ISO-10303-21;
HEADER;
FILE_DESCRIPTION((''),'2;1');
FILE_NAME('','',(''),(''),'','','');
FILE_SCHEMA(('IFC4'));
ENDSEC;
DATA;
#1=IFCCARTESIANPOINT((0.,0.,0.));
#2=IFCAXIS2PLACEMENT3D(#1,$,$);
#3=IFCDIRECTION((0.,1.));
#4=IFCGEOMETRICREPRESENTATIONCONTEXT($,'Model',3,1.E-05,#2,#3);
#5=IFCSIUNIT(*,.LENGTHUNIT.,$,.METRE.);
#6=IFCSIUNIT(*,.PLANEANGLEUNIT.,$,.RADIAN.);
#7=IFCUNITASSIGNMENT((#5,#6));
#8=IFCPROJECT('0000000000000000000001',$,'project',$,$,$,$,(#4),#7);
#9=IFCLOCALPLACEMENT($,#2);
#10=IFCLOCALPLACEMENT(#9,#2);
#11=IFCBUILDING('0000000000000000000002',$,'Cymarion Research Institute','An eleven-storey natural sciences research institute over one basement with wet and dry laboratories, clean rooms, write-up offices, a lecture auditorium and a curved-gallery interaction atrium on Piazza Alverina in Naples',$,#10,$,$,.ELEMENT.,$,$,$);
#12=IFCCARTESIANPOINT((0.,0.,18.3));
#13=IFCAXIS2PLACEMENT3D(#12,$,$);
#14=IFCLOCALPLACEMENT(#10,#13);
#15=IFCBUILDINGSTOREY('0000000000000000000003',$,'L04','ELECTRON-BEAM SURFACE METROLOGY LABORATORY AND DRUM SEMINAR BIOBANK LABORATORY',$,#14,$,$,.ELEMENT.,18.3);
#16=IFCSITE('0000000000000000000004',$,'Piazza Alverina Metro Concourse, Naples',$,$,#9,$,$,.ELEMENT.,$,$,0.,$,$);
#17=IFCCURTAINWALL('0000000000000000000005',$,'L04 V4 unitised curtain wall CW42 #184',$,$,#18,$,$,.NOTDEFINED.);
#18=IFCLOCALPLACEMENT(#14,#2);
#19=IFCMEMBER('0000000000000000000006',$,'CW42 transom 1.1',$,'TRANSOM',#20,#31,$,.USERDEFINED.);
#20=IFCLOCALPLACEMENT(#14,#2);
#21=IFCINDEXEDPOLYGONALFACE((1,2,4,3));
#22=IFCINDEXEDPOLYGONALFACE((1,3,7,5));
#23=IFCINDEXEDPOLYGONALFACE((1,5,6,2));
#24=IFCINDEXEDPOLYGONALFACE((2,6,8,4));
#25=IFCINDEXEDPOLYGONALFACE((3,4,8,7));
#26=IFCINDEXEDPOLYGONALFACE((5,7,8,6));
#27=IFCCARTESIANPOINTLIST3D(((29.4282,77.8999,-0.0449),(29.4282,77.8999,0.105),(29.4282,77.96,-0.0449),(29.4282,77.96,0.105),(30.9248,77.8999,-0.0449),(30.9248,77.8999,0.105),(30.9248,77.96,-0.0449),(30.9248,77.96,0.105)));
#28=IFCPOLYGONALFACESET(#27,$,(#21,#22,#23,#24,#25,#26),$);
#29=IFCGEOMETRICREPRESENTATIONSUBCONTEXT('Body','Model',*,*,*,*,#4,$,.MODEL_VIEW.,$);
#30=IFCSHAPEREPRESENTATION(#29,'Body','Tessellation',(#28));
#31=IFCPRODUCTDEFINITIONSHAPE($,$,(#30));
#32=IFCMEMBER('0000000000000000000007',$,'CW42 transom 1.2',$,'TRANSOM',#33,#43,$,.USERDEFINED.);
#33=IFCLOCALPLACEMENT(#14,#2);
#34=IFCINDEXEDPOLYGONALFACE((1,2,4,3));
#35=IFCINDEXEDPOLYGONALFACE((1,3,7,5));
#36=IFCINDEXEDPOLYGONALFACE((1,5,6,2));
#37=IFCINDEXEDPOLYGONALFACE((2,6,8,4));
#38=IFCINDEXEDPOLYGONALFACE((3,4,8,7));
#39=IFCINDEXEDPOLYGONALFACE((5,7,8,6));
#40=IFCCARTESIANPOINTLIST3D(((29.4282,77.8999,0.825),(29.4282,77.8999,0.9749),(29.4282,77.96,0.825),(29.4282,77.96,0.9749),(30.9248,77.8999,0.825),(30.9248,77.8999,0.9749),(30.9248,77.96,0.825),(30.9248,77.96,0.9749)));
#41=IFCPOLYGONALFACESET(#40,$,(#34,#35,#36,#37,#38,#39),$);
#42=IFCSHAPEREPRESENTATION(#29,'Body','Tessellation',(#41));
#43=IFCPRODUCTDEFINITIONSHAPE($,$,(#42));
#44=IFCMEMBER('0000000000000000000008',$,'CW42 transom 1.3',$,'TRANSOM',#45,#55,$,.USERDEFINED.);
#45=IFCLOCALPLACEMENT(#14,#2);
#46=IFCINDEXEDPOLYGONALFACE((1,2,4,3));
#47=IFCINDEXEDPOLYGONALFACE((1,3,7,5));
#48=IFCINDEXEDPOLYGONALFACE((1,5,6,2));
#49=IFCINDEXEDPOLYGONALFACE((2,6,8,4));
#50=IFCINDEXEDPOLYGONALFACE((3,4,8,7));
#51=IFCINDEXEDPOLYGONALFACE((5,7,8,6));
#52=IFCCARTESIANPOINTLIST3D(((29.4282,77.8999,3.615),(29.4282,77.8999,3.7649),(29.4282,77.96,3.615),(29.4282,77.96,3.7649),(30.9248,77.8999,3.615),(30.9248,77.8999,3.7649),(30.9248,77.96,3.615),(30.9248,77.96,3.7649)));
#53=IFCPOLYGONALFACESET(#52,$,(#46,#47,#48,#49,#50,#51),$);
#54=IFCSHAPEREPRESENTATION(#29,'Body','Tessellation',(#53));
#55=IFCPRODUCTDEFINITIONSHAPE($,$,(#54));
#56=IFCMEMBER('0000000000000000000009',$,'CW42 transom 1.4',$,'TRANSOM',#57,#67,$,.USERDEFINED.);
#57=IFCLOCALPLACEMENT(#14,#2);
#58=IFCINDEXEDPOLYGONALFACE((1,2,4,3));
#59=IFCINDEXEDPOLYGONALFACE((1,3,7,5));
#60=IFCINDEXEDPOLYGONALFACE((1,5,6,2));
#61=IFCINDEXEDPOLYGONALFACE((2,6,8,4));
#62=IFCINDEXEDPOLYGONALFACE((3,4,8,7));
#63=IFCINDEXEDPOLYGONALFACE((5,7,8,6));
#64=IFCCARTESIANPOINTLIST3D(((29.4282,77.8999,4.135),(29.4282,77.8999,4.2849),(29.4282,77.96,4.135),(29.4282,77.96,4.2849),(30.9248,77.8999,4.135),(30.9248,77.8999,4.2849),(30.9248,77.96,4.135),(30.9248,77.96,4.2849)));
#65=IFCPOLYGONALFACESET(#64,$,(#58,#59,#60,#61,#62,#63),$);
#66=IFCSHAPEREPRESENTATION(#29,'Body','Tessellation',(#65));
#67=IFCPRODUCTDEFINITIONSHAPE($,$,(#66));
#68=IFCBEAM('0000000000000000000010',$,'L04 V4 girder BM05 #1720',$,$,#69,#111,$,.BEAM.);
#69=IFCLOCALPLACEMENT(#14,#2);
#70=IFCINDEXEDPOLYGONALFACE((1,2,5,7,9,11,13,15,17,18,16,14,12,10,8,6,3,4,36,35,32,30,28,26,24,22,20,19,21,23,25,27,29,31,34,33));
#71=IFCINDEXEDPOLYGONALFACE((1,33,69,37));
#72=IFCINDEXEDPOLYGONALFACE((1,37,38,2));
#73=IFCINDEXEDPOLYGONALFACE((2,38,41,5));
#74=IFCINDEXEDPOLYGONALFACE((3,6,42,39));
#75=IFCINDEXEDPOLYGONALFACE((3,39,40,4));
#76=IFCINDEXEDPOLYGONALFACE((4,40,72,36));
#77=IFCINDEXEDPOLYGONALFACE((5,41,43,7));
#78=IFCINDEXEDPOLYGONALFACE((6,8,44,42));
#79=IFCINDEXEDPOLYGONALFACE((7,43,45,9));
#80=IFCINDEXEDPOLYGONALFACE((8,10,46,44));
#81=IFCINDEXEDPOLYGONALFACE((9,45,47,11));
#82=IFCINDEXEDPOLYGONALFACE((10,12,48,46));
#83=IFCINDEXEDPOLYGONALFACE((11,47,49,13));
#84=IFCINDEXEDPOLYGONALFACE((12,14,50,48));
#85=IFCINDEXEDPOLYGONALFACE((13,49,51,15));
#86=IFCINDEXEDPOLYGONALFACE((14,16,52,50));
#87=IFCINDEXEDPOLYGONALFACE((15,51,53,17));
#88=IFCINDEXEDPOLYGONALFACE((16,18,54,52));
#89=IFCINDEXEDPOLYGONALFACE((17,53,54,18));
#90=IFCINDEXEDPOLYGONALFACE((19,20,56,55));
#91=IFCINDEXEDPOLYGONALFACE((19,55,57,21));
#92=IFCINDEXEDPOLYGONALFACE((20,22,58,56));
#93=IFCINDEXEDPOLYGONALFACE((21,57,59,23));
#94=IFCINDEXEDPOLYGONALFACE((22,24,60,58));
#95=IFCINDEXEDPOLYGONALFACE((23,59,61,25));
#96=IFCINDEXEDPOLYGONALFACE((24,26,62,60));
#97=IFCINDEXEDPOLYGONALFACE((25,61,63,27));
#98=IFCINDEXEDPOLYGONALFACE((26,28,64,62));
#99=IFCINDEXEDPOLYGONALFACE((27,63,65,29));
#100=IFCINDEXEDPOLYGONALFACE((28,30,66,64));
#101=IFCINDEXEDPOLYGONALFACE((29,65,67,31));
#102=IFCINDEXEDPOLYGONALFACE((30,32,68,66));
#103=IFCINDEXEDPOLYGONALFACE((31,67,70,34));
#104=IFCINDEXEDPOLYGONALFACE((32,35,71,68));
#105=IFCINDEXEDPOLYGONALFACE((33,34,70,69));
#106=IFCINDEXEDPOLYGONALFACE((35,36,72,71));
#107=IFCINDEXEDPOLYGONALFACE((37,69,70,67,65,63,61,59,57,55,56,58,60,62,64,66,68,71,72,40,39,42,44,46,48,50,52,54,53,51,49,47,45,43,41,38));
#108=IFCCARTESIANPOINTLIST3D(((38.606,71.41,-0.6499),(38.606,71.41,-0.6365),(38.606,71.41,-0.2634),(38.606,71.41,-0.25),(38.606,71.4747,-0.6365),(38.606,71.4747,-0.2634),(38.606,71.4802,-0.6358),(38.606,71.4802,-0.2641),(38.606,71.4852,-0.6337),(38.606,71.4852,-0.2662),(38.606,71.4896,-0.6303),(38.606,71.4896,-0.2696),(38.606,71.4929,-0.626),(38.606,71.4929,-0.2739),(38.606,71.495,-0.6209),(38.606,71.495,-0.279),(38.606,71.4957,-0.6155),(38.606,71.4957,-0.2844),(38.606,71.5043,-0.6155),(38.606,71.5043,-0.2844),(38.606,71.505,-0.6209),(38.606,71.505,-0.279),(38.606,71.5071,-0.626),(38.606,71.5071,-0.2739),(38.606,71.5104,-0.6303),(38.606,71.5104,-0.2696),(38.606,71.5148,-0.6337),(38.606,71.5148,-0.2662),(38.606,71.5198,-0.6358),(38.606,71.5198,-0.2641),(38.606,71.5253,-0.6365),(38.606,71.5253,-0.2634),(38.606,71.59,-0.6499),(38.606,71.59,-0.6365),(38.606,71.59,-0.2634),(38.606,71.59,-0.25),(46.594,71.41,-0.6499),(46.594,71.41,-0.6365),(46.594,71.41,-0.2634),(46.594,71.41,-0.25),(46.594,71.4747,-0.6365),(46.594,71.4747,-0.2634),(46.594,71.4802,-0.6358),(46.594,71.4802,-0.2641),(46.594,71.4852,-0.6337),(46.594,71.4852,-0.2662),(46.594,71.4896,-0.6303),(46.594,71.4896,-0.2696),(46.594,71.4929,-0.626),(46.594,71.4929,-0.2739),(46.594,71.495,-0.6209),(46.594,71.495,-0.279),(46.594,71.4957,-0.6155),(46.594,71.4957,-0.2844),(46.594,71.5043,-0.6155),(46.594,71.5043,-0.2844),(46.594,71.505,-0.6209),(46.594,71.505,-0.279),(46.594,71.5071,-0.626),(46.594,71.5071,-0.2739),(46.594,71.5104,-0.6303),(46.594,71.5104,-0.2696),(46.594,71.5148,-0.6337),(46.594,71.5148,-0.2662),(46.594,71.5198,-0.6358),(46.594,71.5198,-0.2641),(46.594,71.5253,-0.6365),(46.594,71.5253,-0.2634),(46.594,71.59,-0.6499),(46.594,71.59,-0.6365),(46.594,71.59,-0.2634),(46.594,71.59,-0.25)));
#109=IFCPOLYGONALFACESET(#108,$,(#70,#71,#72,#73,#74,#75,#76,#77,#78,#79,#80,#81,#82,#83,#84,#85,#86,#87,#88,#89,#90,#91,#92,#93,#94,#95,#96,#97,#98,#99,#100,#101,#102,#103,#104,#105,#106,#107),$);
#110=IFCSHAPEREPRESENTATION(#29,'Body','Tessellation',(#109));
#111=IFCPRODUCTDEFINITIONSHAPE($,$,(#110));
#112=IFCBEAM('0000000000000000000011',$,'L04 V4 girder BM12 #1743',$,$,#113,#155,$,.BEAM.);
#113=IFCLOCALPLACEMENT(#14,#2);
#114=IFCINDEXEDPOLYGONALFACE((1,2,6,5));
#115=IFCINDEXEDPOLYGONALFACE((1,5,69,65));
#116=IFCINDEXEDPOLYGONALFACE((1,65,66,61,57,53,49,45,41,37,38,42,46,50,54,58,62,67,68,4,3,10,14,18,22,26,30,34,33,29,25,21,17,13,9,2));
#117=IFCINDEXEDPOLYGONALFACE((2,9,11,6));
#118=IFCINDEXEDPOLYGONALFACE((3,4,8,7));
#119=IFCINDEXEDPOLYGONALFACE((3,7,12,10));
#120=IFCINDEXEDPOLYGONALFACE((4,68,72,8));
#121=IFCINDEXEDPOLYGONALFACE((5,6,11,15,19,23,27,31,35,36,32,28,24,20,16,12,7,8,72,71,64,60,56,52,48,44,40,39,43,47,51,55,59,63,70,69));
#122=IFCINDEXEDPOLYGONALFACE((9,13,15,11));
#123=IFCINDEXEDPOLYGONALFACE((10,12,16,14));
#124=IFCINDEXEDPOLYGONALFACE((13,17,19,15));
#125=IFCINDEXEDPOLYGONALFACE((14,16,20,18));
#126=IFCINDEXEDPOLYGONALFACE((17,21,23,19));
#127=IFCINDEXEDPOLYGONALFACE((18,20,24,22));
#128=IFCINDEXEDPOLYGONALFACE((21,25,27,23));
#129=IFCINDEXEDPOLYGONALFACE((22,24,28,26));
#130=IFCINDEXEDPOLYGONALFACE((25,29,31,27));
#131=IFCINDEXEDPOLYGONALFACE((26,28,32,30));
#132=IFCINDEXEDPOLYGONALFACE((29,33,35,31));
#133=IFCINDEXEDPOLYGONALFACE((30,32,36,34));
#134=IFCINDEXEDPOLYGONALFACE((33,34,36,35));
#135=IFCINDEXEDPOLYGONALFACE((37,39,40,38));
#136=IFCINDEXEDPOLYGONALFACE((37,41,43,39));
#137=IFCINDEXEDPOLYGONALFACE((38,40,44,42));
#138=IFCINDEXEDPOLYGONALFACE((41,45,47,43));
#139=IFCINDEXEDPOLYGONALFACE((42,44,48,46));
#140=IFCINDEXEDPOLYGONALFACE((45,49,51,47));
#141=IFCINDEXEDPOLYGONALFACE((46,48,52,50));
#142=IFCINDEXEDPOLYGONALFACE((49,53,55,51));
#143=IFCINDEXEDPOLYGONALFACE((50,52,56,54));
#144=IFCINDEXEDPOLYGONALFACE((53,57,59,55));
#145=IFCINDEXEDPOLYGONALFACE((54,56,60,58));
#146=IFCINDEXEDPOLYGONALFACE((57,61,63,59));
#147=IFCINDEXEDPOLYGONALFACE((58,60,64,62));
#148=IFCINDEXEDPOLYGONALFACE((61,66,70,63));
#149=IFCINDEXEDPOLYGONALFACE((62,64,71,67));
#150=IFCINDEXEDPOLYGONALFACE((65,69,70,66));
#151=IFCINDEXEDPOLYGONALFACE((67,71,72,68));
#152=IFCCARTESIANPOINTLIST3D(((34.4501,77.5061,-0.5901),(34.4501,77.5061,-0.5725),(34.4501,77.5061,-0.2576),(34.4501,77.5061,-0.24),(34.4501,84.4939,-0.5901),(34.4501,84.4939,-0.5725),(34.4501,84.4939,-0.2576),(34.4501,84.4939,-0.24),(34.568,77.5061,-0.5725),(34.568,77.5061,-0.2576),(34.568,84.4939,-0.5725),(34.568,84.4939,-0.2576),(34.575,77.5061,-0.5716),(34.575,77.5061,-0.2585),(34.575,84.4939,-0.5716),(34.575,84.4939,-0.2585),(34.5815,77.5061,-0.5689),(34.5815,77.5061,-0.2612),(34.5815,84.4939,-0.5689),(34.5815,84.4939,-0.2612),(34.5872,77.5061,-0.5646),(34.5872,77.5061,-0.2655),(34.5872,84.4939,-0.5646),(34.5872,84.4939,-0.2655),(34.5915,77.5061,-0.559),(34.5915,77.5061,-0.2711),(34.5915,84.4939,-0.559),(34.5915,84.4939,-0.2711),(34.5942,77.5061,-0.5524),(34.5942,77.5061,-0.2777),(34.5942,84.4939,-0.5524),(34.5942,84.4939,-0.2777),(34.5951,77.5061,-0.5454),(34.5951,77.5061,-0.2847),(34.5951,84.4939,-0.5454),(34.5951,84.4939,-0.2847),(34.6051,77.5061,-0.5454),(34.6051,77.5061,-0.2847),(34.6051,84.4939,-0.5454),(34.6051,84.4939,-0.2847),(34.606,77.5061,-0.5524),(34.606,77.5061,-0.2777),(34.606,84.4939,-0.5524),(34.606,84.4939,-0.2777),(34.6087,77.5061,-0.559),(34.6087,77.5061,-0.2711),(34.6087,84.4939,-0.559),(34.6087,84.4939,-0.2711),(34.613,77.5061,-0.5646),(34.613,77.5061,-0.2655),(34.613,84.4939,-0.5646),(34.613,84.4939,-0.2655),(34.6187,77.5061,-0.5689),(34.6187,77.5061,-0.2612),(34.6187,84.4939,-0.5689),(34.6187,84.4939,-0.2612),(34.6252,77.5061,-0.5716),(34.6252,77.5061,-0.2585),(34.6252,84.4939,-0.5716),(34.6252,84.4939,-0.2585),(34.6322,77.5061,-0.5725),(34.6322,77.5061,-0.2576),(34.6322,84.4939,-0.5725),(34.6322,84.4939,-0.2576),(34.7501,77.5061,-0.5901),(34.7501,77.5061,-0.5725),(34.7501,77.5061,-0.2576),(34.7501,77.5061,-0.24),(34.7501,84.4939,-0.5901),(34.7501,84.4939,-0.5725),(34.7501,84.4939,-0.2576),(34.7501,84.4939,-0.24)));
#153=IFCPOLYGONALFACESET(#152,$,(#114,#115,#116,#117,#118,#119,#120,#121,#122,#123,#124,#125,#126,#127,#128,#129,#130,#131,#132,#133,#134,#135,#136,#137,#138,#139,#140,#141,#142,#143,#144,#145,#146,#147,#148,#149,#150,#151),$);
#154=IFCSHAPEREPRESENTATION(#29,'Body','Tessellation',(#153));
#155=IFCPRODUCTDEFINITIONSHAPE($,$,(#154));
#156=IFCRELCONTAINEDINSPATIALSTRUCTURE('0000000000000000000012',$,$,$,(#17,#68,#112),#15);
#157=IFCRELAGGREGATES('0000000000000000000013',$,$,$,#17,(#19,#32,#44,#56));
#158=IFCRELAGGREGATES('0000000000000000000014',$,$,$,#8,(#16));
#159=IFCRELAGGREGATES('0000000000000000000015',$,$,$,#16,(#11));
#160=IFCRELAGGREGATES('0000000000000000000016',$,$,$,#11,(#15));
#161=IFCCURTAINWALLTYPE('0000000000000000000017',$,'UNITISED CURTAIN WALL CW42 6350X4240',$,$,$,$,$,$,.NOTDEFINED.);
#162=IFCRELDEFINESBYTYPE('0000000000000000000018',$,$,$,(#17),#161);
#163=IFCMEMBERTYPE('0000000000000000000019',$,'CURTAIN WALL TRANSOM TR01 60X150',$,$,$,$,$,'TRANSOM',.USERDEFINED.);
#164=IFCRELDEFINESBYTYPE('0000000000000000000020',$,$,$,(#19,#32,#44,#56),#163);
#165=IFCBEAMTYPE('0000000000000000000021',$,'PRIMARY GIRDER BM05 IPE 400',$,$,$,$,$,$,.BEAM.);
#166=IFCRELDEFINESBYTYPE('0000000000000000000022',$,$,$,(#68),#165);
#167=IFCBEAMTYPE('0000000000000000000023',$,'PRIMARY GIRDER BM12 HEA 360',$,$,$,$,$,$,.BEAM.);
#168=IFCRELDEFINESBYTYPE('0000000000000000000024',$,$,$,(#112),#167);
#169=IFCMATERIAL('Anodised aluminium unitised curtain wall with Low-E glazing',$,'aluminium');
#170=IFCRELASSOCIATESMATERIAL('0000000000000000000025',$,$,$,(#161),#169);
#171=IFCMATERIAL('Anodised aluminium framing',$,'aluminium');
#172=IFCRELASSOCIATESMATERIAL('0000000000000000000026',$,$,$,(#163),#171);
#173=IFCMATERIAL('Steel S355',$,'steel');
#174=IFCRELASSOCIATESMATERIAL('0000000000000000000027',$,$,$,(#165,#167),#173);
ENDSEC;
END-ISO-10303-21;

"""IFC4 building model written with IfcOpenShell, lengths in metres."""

from ifc_helpers import new_model, si_unit, direction, frame, origin, origin_2d, place, context, subcontext, project, spatial, rectangle, i_section, extrude, material, material_profile, profile_set, type_object, element, aggregate, save


model = new_model("IFC4")

# Units and contexts
model_context = context("Model", 3, precision=1e-05, world=origin(), true_north=direction((0.0, 1.0)))
body_context = subcontext(model_context, "Body", "Model", "MODEL_VIEW")
ifc_project = project(units=[si_unit("LENGTHUNIT", "METRE"), si_unit("PLANEANGLEUNIT", "RADIAN")], contexts=[model_context])

# Site, building, storey
site_placement = place(None, origin())
site = spatial("IfcSite", under=ifc_project, at=site_placement, Name="Piazza Alverina Metro Concourse, Naples", CompositionType="ELEMENT", RefElevation=0.0)
building_placement = place(site_placement, origin())
building = spatial("IfcBuilding", under=site, at=building_placement, Name="Cymarion Research Institute", Description="An eleven-storey natural sciences research institute over one basement with wet and dry laboratories, clean rooms, write-up offices, a lecture auditorium and a curved-gallery interaction atrium on Piazza Alverina in Naples", CompositionType="ELEMENT")
storey_placement = place(building_placement, frame((0.0, 0.0, 18.3)))
storey = spatial("IfcBuildingStorey", under=building, at=storey_placement, Name="L04", Description="ELECTRON-BEAM SURFACE METROLOGY LABORATORY AND DRUM SEMINAR BIOBANK LABORATORY", CompositionType="ELEMENT", Elevation=18.3)

# Shared definitions
ifc_material_1 = material(Name="Steel S355", Category="steel")

# Shared definitions
ifc_material_2 = material(Name="Anodised aluminium unitised curtain wall with Low-E glazing", Category="aluminium")
curtain_wall_type = type_object("IfcCurtainWallType", Name="UNITISED CURTAIN WALL CW42 6350X4240", PredefinedType="NOTDEFINED", material=ifc_material_2)
ifc_material_3 = material(Name="Anodised aluminium framing", Category="aluminium")

# Curtain wall
curtain_wall_1_placement = place(storey_placement, origin())
curtain_wall_1 = element("IfcCurtainWall", 1, at=curtain_wall_1_placement, inside=storey, type_object=curtain_wall_type, Name="L04 V4 unitised curtain wall CW42 #184", PredefinedType="NOTDEFINED")

# Members
ifc_material_profile_1 = material_profile(ifc_material_3, rectangle(XDim=0.0601, YDim=0.1499, at=origin_2d()), Name="ALU TRANSOM 60x150")
ifc_profile_set_1 = profile_set([ifc_material_profile_1], Name="Anodised aluminium framing")
member_type_1 = type_object("IfcMemberType", Name="CURTAIN WALL TRANSOM TR01 60X150", ElementType="TRANSOM", PredefinedType="USERDEFINED", material=ifc_profile_set_1)
member_1_placement = place(storey_placement, frame((30.9248, 77.9299, 0.03), z_axis=(-1.0, 0.0, 0.0), x_axis=(0.0, -1.0, 0.0)))
member_1 = element("IfcMember", 2, at=member_1_placement, type_object=member_type_1, Name="CW42 transom 1.1", ObjectType="TRANSOM", PredefinedType="USERDEFINED", context=body_context, shape_type="SweptSolid", body=[
    extrude(rectangle(XDim=0.0601, YDim=0.1499, at=origin_2d()), origin(), (0.0, 0.0, 1.0), 1.4966),
])
member_2_placement = place(storey_placement, frame((30.9248, 77.9299, 0.8999), z_axis=(-1.0, 0.0, 0.0), x_axis=(0.0, -1.0, 0.0)))
member_2 = element("IfcMember", 3, at=member_2_placement, type_object=member_type_1, Name="CW42 transom 1.2", ObjectType="TRANSOM", PredefinedType="USERDEFINED", context=body_context, shape_type="SweptSolid", body=[
    extrude(rectangle(XDim=0.0601, YDim=0.1499, at=origin_2d()), origin(), (0.0, 0.0, 1.0), 1.4966),
])
member_3_placement = place(storey_placement, frame((30.9248, 77.9299, 3.6899), z_axis=(-1.0, 0.0, 0.0), x_axis=(0.0, -1.0, 0.0)))
member_3 = element("IfcMember", 4, at=member_3_placement, type_object=member_type_1, Name="CW42 transom 1.3", ObjectType="TRANSOM", PredefinedType="USERDEFINED", context=body_context, shape_type="SweptSolid", body=[
    extrude(rectangle(XDim=0.0601, YDim=0.1499, at=origin_2d()), origin(), (0.0, 0.0, 1.0), 1.4966),
])
member_4_placement = place(storey_placement, frame((30.9248, 77.9299, 4.21), z_axis=(-1.0, 0.0, 0.0), x_axis=(0.0, -1.0, 0.0)))
member_4 = element("IfcMember", 5, at=member_4_placement, type_object=member_type_1, Name="CW42 transom 1.4", ObjectType="TRANSOM", PredefinedType="USERDEFINED", context=body_context, shape_type="SweptSolid", body=[
    extrude(rectangle(XDim=0.0601, YDim=0.1499, at=origin_2d()), origin(), (0.0, 0.0, 1.0), 1.4966),
])
aggregate(curtain_wall_1, [member_1, member_2, member_3, member_4])

# Beams
ifc_material_profile_2 = material_profile(ifc_material_1, i_section(OverallWidth=0.1799, OverallDepth=0.3999, WebThickness=0.0085, FlangeThickness=0.0134, FilletRadius=0.021, at=origin_2d()), Name="IPE 400")
ifc_profile_set_2 = profile_set([ifc_material_profile_2], Name="Steel S355")
beam_type_1 = type_object("IfcBeamType", Name="PRIMARY GIRDER BM05 IPE 400", PredefinedType="BEAM", material=ifc_profile_set_2)
beam_1_placement = place(storey_placement, frame((38.606, 71.5, -0.45), z_axis=(1.0, 0.0, 0.0), x_axis=(0.0, 1.0, 0.0)))
element("IfcBeam", 6, at=beam_1_placement, inside=storey, type_object=beam_type_1, Name="L04 V4 girder BM05 #1720", PredefinedType="BEAM", context=body_context, shape_type="SweptSolid", body=[
    extrude(i_section(OverallWidth=0.1799, OverallDepth=0.3999, WebThickness=0.0085, FlangeThickness=0.0134, FilletRadius=0.021, at=origin_2d()), origin(), (0.0, 0.0, 1.0), 7.988),
])
ifc_material_profile_3 = material_profile(ifc_material_1, i_section(OverallWidth=0.3, OverallDepth=0.3501, WebThickness=0.01, FlangeThickness=0.0176, FilletRadius=0.0271, at=origin_2d()), Name="HEA 360")
ifc_profile_set_3 = profile_set([ifc_material_profile_3], Name="Steel S355")
beam_type_2 = type_object("IfcBeamType", Name="PRIMARY GIRDER BM12 HEA 360", PredefinedType="BEAM", material=ifc_profile_set_3)
beam_2_placement = place(storey_placement, frame((34.6001, 77.5061, -0.415), z_axis=(0.0, 1.0, 0.0), x_axis=(-1.0, 0.0, 0.0)))
element("IfcBeam", 7, at=beam_2_placement, inside=storey, type_object=beam_type_2, Name="L04 V4 girder BM12 #1743", PredefinedType="BEAM", context=body_context, shape_type="SweptSolid", body=[
    extrude(i_section(OverallWidth=0.3, OverallDepth=0.3501, WebThickness=0.01, FlangeThickness=0.0176, FilletRadius=0.0271, at=origin_2d()), origin(), (0.0, 0.0, 1.0), 6.9878),
])

save(model, "model.ifc")
